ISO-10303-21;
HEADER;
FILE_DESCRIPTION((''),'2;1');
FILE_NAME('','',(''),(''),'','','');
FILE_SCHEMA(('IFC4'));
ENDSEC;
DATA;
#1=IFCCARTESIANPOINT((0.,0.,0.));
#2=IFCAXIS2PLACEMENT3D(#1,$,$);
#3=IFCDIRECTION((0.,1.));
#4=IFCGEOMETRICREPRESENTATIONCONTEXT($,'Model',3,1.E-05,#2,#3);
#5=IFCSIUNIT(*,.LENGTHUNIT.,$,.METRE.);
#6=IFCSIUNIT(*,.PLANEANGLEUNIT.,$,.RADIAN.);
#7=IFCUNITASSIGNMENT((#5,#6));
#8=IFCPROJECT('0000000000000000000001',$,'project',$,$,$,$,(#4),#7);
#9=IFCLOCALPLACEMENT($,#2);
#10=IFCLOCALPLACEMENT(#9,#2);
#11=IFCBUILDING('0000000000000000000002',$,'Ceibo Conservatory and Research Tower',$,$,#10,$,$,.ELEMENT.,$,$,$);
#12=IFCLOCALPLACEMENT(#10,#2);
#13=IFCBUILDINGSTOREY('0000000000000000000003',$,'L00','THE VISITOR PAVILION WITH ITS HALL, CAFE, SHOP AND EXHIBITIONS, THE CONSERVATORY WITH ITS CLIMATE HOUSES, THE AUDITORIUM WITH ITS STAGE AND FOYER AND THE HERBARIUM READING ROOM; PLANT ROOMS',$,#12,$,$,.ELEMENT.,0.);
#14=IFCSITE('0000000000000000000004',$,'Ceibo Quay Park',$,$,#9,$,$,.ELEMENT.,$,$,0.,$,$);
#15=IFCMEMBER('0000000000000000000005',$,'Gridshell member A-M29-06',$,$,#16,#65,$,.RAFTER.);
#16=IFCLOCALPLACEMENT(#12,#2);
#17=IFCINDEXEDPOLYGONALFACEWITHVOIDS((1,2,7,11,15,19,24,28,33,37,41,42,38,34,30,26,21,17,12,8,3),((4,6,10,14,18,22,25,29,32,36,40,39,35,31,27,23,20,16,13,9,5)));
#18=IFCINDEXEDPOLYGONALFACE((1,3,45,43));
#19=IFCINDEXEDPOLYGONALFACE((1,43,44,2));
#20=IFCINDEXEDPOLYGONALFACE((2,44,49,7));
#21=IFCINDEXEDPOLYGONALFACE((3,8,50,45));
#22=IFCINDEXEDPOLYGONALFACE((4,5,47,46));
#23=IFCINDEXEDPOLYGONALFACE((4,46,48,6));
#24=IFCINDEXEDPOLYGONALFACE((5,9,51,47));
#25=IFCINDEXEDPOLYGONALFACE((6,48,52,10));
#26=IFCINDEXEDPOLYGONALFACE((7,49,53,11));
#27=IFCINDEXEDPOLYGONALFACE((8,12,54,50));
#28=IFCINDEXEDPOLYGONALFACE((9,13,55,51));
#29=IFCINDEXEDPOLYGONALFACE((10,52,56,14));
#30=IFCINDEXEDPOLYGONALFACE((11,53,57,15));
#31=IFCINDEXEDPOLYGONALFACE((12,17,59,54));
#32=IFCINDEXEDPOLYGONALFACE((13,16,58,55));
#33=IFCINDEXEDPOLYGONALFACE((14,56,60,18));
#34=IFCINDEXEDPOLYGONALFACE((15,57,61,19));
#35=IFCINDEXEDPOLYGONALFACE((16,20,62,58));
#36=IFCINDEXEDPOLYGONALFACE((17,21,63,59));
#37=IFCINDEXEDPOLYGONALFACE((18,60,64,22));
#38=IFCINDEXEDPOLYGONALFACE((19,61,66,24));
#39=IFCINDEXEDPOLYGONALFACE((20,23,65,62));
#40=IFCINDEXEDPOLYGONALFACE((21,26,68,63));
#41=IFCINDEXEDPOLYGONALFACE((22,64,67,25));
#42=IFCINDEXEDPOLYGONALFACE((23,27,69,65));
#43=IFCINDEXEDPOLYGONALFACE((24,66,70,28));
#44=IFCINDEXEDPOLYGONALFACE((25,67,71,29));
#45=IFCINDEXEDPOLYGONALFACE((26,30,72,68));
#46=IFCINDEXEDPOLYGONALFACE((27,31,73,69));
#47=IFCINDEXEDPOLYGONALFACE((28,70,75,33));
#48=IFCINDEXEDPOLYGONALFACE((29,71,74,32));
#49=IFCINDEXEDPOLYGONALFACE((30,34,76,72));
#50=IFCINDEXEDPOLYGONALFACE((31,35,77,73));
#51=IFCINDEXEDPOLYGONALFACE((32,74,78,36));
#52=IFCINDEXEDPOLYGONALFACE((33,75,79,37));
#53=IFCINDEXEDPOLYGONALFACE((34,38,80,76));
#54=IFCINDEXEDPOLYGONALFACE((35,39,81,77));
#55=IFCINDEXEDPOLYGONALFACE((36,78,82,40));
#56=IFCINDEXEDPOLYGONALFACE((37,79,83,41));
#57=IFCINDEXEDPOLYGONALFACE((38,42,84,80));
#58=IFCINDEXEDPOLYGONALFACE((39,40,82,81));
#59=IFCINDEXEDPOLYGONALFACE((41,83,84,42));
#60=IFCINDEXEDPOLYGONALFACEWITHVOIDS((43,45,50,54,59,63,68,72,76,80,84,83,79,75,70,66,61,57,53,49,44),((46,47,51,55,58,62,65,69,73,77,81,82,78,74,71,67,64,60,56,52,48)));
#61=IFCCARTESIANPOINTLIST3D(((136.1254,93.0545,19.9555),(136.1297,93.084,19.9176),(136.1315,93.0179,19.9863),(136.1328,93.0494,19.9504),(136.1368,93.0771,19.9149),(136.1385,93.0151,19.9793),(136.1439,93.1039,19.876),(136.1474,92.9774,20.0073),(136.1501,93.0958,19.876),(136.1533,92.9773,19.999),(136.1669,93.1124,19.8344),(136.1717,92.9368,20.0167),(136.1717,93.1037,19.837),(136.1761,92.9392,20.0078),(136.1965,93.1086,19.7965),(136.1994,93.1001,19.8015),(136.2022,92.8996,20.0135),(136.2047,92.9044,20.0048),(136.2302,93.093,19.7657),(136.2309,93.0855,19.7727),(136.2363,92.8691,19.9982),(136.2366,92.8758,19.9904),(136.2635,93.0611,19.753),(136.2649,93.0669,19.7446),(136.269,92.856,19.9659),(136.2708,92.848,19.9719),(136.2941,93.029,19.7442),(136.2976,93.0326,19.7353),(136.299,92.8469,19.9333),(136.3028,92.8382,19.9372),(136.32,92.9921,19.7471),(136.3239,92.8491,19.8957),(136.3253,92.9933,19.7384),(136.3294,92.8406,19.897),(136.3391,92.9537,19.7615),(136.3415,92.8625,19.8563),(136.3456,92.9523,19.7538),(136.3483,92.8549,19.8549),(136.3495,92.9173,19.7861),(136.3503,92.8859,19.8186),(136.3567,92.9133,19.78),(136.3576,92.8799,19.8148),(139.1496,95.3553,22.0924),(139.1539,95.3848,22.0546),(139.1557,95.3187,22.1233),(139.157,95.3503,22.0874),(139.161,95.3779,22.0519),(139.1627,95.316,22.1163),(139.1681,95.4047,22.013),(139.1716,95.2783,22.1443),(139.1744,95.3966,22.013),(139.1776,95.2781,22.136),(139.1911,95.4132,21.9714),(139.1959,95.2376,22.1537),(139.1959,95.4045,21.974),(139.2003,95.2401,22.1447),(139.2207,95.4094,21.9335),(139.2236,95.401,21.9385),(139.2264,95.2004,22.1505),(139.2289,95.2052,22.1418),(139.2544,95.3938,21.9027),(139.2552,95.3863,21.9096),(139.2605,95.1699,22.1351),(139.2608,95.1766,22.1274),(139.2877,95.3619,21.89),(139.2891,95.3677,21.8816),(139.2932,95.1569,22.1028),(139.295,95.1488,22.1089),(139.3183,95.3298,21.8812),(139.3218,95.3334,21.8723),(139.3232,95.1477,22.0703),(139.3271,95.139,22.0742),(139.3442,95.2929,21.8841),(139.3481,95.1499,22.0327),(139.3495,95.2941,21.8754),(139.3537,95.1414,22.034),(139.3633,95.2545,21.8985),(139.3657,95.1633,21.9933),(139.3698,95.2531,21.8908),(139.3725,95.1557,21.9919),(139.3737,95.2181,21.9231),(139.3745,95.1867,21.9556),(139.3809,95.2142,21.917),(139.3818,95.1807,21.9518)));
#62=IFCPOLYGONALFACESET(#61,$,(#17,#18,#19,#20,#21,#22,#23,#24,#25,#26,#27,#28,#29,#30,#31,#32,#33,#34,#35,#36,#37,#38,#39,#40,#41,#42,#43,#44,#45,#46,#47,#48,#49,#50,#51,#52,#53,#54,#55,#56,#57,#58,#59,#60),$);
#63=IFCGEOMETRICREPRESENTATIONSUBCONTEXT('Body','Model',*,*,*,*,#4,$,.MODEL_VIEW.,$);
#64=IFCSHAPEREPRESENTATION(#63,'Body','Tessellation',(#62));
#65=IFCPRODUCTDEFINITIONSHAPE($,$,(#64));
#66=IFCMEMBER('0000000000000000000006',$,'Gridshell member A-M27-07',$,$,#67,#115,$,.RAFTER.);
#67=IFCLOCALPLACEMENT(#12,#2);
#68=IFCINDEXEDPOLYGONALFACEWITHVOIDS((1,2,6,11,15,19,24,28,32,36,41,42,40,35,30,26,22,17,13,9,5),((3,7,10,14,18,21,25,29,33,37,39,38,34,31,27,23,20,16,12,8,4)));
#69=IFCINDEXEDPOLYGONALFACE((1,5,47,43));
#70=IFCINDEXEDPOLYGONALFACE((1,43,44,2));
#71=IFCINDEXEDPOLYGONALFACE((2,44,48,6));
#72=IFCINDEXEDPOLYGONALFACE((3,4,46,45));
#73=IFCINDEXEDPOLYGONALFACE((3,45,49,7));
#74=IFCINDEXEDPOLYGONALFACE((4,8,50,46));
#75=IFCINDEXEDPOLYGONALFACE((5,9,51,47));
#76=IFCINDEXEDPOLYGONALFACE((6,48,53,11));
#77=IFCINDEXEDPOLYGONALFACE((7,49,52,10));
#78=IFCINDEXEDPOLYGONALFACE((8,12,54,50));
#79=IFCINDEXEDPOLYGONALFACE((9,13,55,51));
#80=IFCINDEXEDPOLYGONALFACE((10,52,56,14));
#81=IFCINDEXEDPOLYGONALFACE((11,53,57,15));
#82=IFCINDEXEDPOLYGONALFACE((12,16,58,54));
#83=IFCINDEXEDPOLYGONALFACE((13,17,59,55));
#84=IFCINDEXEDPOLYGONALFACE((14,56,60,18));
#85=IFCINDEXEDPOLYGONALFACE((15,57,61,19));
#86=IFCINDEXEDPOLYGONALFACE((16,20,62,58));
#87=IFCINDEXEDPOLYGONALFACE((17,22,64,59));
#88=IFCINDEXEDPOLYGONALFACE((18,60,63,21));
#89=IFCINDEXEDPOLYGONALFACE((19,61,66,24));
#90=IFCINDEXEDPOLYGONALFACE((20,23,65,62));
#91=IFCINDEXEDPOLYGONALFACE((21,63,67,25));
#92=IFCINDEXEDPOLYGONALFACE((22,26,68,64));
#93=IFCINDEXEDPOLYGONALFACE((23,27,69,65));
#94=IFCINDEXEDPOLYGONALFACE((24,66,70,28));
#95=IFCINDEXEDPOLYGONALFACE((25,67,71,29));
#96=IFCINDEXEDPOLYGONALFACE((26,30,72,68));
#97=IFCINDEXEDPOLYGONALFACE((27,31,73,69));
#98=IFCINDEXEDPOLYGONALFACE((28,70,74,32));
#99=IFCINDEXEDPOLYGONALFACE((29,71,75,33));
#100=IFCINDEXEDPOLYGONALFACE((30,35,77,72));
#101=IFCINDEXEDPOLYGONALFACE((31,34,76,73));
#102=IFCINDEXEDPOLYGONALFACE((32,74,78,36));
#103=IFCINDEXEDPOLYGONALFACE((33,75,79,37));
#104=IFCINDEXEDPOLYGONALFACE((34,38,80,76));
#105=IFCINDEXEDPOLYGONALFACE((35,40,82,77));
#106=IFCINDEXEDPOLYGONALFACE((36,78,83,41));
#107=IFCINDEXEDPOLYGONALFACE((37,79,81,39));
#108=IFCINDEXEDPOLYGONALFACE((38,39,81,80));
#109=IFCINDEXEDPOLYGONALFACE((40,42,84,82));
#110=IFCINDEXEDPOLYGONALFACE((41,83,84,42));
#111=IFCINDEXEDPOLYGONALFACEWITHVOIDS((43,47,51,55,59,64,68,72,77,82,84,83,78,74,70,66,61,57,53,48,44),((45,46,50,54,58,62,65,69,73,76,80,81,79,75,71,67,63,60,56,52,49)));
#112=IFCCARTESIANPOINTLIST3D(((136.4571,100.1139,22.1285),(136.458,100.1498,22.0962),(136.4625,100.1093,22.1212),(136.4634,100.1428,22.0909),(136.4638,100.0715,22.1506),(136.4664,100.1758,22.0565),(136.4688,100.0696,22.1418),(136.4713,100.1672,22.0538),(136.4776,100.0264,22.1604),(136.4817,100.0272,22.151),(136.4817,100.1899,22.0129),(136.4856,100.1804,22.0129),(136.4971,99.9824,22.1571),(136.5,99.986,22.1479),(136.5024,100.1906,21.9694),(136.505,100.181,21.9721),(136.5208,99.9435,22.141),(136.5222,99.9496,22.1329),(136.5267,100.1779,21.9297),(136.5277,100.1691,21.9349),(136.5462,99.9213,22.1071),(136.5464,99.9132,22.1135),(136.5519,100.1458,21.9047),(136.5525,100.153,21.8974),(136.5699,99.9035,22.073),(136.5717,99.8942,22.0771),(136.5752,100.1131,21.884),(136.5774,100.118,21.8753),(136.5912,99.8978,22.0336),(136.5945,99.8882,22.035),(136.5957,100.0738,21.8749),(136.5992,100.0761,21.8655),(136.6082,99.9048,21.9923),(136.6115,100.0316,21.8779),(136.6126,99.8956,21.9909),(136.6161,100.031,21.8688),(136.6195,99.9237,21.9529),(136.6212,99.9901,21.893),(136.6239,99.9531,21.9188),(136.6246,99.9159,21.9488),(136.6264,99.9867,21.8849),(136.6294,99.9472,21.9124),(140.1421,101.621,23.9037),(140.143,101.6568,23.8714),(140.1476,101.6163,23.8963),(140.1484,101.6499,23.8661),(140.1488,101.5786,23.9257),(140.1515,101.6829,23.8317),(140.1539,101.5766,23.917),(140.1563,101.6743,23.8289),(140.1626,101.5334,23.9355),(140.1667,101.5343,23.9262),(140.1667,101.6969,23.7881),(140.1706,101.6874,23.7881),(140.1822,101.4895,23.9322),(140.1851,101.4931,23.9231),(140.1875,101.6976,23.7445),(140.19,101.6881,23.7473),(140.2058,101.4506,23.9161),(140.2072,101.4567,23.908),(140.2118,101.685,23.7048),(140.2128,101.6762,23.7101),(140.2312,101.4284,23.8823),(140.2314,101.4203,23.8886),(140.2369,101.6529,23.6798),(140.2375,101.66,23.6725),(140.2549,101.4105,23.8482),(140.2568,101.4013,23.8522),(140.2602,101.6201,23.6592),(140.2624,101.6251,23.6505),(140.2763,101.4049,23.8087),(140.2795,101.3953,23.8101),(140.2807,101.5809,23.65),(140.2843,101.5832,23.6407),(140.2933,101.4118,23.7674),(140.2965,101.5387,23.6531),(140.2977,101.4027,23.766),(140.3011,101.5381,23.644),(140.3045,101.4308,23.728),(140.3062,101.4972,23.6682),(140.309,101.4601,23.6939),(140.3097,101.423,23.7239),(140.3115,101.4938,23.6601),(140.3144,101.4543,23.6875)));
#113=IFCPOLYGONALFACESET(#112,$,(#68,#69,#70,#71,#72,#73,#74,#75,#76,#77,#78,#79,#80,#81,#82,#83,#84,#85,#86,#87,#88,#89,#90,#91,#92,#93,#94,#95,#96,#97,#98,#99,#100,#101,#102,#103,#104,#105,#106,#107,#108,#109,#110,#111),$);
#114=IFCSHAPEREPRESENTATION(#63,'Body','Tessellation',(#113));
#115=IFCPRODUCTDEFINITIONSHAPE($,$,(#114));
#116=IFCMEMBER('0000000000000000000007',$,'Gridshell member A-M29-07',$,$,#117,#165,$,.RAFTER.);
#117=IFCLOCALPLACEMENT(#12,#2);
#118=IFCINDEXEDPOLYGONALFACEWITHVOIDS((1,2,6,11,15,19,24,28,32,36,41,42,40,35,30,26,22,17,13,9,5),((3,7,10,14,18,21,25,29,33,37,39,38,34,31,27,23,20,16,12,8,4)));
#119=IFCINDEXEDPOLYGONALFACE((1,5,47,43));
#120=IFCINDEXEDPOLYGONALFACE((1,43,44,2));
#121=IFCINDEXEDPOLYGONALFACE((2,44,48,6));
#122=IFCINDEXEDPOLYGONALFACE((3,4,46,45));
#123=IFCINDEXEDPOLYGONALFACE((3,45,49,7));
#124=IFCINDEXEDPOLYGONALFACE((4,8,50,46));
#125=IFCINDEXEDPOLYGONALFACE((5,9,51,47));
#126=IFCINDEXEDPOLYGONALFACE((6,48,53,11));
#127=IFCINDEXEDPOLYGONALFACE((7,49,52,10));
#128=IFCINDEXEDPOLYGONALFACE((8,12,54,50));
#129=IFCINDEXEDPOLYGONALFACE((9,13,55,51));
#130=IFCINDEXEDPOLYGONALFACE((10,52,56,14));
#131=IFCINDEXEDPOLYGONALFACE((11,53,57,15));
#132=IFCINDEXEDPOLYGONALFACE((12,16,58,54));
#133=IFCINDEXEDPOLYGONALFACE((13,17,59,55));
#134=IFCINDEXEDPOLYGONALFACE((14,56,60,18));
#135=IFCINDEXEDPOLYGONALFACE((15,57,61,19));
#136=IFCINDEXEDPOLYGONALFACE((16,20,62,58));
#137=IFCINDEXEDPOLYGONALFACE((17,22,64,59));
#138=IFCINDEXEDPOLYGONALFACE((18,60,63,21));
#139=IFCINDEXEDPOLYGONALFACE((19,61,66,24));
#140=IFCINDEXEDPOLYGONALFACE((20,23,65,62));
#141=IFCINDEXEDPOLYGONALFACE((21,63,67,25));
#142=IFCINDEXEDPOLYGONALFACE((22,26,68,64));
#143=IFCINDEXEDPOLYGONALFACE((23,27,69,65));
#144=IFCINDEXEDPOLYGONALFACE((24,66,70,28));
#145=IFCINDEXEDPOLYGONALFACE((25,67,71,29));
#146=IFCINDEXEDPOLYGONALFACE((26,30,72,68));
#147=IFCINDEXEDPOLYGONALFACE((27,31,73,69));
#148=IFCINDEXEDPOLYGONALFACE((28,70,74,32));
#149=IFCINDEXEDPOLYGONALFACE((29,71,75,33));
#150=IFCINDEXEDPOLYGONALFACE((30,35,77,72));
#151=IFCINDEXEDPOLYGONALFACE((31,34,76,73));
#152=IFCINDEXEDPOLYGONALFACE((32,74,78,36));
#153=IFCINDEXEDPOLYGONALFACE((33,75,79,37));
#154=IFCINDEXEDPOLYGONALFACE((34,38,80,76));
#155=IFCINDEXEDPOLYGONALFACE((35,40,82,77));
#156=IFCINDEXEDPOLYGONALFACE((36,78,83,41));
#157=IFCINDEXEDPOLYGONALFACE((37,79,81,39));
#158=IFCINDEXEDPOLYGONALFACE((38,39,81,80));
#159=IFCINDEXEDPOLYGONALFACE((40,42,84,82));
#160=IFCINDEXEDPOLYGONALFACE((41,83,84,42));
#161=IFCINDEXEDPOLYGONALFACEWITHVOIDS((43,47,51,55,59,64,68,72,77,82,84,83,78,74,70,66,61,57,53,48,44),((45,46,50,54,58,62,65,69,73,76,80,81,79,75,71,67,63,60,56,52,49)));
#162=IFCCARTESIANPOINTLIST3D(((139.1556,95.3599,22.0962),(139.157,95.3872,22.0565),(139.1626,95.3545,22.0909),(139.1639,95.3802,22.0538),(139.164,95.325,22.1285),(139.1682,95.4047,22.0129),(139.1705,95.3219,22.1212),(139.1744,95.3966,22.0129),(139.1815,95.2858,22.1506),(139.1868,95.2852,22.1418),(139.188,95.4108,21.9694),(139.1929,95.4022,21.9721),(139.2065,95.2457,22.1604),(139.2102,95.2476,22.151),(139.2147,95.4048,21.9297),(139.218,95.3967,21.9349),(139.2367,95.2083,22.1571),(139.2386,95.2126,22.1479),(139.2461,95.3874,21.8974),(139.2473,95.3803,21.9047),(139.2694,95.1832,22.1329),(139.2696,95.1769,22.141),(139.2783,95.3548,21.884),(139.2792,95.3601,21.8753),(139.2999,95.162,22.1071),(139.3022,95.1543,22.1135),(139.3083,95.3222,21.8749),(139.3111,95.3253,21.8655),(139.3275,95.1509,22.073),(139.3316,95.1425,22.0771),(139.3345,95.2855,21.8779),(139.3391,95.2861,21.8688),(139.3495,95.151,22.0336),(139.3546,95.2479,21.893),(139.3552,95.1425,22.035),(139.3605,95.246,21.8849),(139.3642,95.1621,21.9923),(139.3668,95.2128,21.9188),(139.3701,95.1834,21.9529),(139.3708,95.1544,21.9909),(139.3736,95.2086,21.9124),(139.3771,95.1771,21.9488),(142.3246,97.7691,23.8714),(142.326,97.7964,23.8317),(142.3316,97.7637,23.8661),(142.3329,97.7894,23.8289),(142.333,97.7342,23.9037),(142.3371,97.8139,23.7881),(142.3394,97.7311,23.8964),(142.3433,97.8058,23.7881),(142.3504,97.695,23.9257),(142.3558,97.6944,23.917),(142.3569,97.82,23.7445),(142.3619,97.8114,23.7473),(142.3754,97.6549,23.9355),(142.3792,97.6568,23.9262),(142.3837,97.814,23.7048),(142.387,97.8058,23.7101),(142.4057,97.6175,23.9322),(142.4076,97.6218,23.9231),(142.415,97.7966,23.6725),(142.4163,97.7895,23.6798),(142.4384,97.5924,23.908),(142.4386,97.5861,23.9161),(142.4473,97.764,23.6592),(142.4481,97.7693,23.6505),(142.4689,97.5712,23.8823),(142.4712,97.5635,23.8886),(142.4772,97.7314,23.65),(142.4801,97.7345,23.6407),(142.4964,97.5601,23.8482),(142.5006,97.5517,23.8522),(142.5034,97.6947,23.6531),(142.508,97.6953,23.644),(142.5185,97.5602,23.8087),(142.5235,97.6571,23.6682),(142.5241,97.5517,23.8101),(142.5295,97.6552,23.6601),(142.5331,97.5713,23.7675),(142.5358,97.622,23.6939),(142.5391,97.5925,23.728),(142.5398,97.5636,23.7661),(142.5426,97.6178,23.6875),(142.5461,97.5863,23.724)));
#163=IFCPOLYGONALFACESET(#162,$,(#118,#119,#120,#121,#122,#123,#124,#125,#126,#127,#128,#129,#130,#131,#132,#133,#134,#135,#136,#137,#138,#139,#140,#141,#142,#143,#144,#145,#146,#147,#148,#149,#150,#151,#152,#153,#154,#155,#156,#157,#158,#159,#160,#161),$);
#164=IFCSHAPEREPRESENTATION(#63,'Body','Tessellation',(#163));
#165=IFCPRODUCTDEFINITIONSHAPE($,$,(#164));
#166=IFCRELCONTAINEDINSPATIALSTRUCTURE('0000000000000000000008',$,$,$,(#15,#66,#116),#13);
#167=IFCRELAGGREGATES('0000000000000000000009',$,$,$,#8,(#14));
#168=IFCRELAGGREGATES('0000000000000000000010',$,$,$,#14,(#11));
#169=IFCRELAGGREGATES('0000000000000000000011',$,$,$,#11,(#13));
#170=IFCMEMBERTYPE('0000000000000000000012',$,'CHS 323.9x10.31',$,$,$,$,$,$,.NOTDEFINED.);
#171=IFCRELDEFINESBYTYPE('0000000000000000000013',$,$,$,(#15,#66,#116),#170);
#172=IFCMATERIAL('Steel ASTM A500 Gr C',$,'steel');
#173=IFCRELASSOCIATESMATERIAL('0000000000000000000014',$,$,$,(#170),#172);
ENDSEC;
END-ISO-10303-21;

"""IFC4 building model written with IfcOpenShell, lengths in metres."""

from ifc_helpers import new_model, si_unit, direction, frame, origin, origin_2d, place, context, subcontext, project, spatial, hollow_circle, extrude, material, material_profile, profile_set, type_object, element, save


model = new_model("IFC4")

# Units and contexts
model_context = context("Model", 3, precision=1e-05, world=origin(), true_north=direction((0.0, 1.0)))
body_context = subcontext(model_context, "Body", "Model", "MODEL_VIEW")
ifc_project = project(units=[si_unit("LENGTHUNIT", "METRE"), si_unit("PLANEANGLEUNIT", "RADIAN")], contexts=[model_context])

# Site, building, storey
site_placement = place(None, origin())
site = spatial("IfcSite", under=ifc_project, at=site_placement, Name="Ceibo Quay Park", CompositionType="ELEMENT", RefElevation=0.0)
building_placement = place(site_placement, origin())
building = spatial("IfcBuilding", under=site, at=building_placement, Name="Ceibo Conservatory and Research Tower", CompositionType="ELEMENT")
storey_placement = place(building_placement, origin())
storey = spatial("IfcBuildingStorey", under=building, at=storey_placement, Name="L00", Description="THE VISITOR PAVILION WITH ITS HALL, CAFE, SHOP AND EXHIBITIONS, THE CONSERVATORY WITH ITS CLIMATE HOUSES, THE AUDITORIUM WITH ITS STAGE AND FOYER AND THE HERBARIUM READING ROOM; PLANT ROOMS", CompositionType="ELEMENT", Elevation=0.0)

# Members
ifc_material_1 = material(Name="Steel ASTM A500 Gr C", Category="steel")
ifc_material_profile_1 = material_profile(ifc_material_1, hollow_circle(Radius=0.1619, WallThickness=0.0103, at=origin_2d()), Name="CHS 323.9x10.31")
ifc_profile_set_1 = profile_set([ifc_material_profile_1], Name="Steel ASTM A500 Gr C")
member_type_1 = type_object("IfcMemberType", Name="CHS 323.9x10.31", PredefinedType="NOTDEFINED", material=ifc_profile_set_1)
member_1_placement = place(storey_placement, frame((136.2419, 92.9751, 19.876), z_axis=(0.693686, 0.527755, 0.490178), x_axis=(-0.605486, 0.795856, 0.0)))
element("IfcMember", 1, at=member_1_placement, inside=storey, type_object=member_type_1, Name="Gridshell member A-M29-06", PredefinedType="RAFTER", context=body_context, shape_type="SweptSolid", body=[
    extrude(hollow_circle(Radius=0.1619, WallThickness=0.0103, at=origin_2d()), origin(), (0.0, 0.0, 1.0), 4.3596),
])
member_2_placement = place(storey_placement, frame((136.543, 100.04, 22.0129), z_axis=(0.845364, 0.345729, 0.407224), x_axis=(-0.378537, 0.925586, 0.0)))
element("IfcMember", 2, at=member_2_placement, inside=storey, type_object=member_type_1, Name="Gridshell member A-M27-07", PredefinedType="RAFTER", context=body_context, shape_type="SweptSolid", body=[
    extrude(hollow_circle(Radius=0.1619, WallThickness=0.0103, at=origin_2d()), origin(), (0.0, 0.0, 1.0), 4.3591),
])
member_3_placement = place(storey_placement, frame((139.2661, 95.2759, 22.0129), z_axis=(0.727054, 0.55274, 0.407273), x_axis=(-0.605208, 0.796068, 0.0)))
element("IfcMember", 3, at=member_3_placement, inside=storey, type_object=member_type_1, Name="Gridshell member A-M29-07", PredefinedType="RAFTER", context=body_context, shape_type="SweptSolid", body=[
    extrude(hollow_circle(Radius=0.1619, WallThickness=0.0103, at=origin_2d()), origin(), (0.0, 0.0, 1.0), 4.3586),
])

save(model, "model.ifc")
